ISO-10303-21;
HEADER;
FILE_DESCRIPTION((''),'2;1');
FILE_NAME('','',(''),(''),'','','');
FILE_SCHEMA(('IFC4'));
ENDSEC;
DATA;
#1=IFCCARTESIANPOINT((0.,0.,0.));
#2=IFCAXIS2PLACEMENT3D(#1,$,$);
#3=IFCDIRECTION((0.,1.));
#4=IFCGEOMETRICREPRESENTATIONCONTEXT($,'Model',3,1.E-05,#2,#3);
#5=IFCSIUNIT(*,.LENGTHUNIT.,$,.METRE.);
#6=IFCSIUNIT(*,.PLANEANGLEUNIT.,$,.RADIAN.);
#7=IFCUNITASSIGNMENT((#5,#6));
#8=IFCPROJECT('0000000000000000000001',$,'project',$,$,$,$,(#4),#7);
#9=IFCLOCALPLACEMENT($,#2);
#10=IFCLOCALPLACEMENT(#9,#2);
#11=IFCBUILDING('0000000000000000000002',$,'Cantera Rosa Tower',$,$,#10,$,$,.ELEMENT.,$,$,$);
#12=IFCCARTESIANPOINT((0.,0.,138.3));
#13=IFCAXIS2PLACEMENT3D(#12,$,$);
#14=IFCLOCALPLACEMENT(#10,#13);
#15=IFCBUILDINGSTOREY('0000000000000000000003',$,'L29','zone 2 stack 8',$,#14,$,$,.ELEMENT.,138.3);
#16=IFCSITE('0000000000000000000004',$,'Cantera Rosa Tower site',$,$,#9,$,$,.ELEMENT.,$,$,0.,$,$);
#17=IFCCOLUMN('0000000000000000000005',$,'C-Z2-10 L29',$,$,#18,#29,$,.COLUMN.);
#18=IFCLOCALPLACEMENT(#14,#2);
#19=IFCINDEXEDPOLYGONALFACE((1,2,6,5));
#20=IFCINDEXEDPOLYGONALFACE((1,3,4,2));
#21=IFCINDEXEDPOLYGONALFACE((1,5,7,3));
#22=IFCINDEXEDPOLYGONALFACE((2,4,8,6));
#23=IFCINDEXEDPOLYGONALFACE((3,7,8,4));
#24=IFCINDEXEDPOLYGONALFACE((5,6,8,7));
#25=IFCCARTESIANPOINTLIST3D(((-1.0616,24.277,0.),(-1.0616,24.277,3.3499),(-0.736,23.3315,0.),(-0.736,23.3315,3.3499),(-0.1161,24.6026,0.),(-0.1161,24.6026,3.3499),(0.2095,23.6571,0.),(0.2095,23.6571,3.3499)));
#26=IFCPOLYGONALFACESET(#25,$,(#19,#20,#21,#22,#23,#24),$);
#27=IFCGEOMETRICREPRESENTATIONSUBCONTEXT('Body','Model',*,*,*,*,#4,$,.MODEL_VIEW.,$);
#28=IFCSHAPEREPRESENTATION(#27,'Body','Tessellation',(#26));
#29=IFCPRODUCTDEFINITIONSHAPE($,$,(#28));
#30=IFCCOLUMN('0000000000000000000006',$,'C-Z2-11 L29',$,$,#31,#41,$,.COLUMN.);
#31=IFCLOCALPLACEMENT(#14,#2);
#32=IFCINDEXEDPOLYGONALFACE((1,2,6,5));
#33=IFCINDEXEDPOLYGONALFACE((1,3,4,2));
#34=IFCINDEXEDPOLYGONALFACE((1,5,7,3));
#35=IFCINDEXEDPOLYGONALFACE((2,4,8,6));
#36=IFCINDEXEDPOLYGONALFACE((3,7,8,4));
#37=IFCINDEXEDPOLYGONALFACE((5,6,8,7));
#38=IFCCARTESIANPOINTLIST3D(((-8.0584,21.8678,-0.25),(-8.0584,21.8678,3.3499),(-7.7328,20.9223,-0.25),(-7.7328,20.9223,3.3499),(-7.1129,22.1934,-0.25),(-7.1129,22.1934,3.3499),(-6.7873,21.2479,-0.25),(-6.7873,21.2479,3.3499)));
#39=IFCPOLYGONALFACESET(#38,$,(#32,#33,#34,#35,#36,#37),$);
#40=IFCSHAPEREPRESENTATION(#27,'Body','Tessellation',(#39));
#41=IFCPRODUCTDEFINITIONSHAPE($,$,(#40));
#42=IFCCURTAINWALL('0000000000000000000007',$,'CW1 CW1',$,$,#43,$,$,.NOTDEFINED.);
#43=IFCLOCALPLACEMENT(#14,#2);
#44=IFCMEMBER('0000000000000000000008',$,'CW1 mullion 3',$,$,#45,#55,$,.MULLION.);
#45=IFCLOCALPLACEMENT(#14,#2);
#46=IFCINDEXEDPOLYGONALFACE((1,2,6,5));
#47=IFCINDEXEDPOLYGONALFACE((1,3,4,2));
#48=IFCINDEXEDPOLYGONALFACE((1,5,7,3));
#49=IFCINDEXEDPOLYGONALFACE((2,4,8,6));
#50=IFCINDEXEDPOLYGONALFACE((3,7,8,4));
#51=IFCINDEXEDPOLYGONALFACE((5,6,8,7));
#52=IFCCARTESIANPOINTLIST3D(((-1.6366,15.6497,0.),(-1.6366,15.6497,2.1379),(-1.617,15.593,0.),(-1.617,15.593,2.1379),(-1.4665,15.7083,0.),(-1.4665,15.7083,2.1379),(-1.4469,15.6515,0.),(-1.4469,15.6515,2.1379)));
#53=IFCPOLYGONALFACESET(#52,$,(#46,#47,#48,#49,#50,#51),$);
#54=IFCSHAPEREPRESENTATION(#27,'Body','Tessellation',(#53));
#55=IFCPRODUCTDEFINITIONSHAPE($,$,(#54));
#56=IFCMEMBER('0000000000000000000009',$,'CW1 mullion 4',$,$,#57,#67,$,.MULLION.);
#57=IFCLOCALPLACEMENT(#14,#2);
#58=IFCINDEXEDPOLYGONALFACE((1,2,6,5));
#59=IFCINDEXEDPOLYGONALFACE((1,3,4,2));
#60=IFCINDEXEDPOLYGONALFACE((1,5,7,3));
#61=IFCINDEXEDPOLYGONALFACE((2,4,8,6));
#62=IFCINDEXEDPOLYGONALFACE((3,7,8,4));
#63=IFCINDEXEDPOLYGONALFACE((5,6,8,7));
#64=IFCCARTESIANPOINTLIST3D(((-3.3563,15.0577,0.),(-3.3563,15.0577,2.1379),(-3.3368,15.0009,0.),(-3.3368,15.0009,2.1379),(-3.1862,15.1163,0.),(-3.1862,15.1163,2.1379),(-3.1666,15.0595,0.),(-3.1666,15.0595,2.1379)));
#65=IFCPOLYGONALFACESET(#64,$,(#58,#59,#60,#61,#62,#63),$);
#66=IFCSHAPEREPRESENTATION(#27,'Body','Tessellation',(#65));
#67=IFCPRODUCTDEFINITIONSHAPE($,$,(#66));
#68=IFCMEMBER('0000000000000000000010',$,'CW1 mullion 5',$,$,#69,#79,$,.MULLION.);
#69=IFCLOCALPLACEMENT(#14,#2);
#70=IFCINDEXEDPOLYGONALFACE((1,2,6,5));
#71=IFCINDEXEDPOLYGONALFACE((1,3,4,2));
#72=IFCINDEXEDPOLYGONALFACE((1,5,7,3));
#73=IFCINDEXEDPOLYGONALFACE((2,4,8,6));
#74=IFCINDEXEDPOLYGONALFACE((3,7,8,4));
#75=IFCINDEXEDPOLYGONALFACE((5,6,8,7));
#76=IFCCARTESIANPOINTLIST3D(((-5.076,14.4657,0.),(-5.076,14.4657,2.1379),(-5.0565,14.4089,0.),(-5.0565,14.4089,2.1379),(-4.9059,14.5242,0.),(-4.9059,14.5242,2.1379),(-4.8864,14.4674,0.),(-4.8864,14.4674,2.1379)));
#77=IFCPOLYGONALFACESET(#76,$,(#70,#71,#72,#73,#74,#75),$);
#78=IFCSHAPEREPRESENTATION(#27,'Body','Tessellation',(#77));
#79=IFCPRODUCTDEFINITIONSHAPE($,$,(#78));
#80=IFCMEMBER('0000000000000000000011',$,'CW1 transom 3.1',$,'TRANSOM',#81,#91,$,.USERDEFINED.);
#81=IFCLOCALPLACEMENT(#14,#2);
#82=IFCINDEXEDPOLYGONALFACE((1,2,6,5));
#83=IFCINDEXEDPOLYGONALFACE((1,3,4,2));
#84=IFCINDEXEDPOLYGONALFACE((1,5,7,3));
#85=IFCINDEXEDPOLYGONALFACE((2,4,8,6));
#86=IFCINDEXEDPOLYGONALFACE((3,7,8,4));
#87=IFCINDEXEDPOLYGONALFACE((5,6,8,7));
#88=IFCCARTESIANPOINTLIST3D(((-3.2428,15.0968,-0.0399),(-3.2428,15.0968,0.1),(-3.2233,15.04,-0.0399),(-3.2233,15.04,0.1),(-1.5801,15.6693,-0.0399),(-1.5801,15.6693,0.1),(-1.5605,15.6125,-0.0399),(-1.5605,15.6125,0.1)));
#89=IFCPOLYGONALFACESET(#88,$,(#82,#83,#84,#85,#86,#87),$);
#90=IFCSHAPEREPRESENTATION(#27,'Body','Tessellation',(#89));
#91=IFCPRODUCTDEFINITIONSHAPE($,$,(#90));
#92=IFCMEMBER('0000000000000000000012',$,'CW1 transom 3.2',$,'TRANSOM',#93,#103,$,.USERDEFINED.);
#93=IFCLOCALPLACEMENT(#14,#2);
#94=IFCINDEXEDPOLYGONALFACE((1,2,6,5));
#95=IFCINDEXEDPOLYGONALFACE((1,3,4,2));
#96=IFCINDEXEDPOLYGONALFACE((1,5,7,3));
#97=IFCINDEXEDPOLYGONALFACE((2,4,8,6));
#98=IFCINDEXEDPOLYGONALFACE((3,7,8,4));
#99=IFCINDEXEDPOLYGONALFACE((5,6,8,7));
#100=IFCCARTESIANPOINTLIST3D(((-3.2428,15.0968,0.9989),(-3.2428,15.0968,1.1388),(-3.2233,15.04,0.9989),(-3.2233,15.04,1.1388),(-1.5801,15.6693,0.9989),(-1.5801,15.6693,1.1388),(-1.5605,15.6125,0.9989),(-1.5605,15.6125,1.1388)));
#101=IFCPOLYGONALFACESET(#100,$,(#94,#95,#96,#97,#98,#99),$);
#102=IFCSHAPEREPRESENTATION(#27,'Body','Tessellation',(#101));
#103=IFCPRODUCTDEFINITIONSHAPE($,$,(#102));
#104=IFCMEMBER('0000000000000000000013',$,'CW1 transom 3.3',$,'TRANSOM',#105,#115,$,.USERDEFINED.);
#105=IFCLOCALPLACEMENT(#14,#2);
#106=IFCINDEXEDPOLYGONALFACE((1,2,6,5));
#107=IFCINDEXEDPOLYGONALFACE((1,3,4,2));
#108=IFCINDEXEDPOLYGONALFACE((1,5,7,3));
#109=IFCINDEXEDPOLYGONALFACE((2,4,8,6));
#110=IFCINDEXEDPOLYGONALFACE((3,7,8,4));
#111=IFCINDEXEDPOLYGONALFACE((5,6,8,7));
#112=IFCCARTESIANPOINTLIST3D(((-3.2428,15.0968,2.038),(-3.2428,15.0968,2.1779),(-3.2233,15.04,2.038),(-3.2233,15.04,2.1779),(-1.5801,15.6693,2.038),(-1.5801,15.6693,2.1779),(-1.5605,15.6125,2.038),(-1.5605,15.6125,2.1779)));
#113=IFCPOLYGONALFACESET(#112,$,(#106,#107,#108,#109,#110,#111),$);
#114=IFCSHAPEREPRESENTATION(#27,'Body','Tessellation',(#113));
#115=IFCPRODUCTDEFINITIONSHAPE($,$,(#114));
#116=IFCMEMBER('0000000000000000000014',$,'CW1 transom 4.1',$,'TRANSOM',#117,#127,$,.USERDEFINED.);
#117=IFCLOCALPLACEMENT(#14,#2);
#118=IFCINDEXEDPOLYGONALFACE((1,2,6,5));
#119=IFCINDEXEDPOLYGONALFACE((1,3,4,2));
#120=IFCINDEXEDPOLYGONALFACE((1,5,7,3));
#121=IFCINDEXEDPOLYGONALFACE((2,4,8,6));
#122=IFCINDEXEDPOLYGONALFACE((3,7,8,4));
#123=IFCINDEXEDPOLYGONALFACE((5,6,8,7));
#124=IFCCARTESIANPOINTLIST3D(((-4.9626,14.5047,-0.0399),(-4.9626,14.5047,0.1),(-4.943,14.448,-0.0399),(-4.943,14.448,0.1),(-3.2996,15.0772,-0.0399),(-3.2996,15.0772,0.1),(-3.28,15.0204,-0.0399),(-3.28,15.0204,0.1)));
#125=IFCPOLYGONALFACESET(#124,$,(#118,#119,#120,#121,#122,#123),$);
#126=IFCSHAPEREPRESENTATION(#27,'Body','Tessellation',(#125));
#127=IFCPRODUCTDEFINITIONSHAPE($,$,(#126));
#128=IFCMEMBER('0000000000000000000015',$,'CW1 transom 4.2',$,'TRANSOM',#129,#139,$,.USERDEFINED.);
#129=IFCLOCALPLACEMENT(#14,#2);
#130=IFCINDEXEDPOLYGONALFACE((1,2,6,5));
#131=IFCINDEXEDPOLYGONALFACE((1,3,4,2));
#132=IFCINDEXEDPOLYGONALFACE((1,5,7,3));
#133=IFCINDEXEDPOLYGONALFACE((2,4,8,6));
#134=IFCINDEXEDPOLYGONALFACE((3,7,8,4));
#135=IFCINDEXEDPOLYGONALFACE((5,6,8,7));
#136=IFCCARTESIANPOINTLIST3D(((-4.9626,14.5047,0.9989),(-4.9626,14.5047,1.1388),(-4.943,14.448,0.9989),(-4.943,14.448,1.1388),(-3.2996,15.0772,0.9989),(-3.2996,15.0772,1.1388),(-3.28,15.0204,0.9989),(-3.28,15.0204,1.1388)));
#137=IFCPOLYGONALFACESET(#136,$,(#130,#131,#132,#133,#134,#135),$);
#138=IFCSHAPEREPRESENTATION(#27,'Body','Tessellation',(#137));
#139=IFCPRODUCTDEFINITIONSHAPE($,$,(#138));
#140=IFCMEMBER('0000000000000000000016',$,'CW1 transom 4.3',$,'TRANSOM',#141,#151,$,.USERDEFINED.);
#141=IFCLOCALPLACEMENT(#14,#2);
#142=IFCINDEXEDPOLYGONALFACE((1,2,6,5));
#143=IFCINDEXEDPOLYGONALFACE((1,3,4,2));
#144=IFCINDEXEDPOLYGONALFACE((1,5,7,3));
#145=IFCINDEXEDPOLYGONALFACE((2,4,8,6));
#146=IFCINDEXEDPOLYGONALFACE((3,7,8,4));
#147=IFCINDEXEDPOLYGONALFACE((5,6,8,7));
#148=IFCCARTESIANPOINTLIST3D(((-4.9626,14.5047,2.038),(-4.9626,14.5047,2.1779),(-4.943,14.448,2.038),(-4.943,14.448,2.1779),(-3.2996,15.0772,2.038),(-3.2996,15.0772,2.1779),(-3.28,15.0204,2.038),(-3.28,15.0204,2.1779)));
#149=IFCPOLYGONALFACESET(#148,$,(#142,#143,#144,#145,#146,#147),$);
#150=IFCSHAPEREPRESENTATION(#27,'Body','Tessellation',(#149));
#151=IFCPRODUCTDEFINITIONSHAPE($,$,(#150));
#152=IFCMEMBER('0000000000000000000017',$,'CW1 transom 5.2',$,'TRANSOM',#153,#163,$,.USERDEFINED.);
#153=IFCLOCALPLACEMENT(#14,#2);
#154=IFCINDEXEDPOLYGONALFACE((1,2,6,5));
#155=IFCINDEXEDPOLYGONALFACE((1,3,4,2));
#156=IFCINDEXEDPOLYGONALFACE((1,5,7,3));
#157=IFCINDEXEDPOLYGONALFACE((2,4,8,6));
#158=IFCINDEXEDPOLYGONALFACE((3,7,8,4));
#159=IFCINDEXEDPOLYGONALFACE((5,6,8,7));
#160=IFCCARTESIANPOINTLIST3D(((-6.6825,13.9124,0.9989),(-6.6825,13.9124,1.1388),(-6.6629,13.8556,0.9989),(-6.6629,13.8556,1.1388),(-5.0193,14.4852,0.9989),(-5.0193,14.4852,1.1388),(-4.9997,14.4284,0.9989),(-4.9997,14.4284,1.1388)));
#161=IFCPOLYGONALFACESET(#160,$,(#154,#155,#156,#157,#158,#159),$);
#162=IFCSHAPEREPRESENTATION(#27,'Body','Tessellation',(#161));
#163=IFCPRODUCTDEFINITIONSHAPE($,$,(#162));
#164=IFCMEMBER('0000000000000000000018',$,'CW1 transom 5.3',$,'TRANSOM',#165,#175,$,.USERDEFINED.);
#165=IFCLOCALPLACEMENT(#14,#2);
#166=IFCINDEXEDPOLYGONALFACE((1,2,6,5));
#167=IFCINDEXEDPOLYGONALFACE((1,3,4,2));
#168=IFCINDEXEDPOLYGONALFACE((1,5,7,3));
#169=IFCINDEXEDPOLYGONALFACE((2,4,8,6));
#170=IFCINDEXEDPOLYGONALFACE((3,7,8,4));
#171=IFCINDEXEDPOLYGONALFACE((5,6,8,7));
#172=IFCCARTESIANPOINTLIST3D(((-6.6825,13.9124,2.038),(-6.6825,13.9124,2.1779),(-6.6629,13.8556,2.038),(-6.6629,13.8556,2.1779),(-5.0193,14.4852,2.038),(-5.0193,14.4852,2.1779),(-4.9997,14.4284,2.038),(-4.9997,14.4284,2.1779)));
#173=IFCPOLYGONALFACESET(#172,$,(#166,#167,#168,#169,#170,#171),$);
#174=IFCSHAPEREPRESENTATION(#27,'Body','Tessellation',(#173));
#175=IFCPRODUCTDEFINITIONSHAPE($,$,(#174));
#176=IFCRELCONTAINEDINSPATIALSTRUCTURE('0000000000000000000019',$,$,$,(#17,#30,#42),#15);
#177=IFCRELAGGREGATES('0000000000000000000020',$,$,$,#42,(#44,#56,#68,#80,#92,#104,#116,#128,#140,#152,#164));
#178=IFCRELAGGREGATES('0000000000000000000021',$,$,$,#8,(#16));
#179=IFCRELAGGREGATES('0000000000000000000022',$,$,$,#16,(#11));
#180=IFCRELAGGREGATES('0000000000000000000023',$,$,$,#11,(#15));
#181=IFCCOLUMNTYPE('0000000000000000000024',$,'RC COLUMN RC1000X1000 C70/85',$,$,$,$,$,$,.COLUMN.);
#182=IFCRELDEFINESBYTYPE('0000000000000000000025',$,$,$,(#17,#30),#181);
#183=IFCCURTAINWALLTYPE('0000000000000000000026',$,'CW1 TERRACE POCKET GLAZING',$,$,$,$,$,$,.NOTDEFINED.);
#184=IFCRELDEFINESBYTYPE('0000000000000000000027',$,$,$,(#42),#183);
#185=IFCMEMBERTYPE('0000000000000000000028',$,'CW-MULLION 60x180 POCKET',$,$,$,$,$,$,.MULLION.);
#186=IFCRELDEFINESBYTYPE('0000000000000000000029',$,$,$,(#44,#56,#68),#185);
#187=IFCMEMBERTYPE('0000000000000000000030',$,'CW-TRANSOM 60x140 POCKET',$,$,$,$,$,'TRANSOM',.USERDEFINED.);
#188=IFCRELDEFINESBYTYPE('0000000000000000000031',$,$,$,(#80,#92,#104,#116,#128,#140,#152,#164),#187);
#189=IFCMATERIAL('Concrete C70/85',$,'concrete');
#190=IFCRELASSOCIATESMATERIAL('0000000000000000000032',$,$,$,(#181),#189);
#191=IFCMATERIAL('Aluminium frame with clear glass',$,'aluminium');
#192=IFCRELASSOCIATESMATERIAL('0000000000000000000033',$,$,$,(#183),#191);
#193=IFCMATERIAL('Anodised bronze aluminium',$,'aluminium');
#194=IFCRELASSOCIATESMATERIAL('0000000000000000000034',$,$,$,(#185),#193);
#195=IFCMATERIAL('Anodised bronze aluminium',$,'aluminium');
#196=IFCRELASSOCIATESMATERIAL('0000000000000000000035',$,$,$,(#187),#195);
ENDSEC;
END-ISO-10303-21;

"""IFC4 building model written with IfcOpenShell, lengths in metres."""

from ifc_helpers import new_model, si_unit, direction, frame, origin, origin_2d, place, context, subcontext, project, spatial, rectangle, extrude, material, material_profile, profile_set, type_object, element, aggregate, save


model = new_model("IFC4")

# Units and contexts
model_context = context("Model", 3, precision=1e-05, world=origin(), true_north=direction((0.0, 1.0)))
body_context = subcontext(model_context, "Body", "Model", "MODEL_VIEW")
ifc_project = project(units=[si_unit("LENGTHUNIT", "METRE"), si_unit("PLANEANGLEUNIT", "RADIAN")], contexts=[model_context])

# Site, building, storey
site_placement = place(None, origin())
site = spatial("IfcSite", under=ifc_project, at=site_placement, Name="Cantera Rosa Tower site", CompositionType="ELEMENT", RefElevation=0.0)
building_placement = place(site_placement, origin())
building = spatial("IfcBuilding", under=site, at=building_placement, Name="Cantera Rosa Tower", CompositionType="ELEMENT")
storey_placement = place(building_placement, frame((0.0, 0.0, 138.3)))
storey = spatial("IfcBuildingStorey", under=building, at=storey_placement, Name="L29", Description="zone 2 stack 8", CompositionType="ELEMENT", Elevation=138.3)

# Columns
ifc_material_1 = material(Name="Concrete C70/85", Category="concrete")
ifc_material_profile_1 = material_profile(ifc_material_1, rectangle(XDim=1.0, YDim=1.0, at=origin_2d()), Name="RC COLUMN RC1000X1000 C70/85")
ifc_profile_set_1 = profile_set([ifc_material_profile_1], Name="Concrete C70/85")
column_type = type_object("IfcColumnType", Name="RC COLUMN RC1000X1000 C70/85", PredefinedType="COLUMN", material=ifc_profile_set_1)
column_1_placement = place(storey_placement, frame((-0.426, 23.967, 0.0), z_axis=(0.0, 0.0, 1.0), x_axis=(0.945519, 0.325568, 0.0)))
element("IfcColumn", 1, at=column_1_placement, inside=storey, type_object=column_type, Name="C-Z2-10 L29", PredefinedType="COLUMN", context=body_context, shape_type="SweptSolid", body=[
    extrude(rectangle(XDim=1.0, YDim=1.0, at=origin_2d()), origin(), (0.0, 0.0, 1.0), 3.3499),
])
column_2_placement = place(storey_placement, frame((-7.4229, 21.5579, -0.25), z_axis=(0.0, 0.0, 1.0), x_axis=(0.945519, 0.325568, 0.0)))
element("IfcColumn", 2, at=column_2_placement, inside=storey, type_object=column_type, Name="C-Z2-11 L29", PredefinedType="COLUMN", context=body_context, shape_type="SweptSolid", body=[
    extrude(rectangle(XDim=1.0, YDim=1.0, at=origin_2d()), origin(), (0.0, 0.0, 1.0), 3.5999),
])

# Curtain wall, members
ifc_material_2 = material(Name="Aluminium frame with clear glass", Category="aluminium")
curtain_wall_type = type_object("IfcCurtainWallType", Name="CW1 TERRACE POCKET GLAZING", PredefinedType="NOTDEFINED", material=ifc_material_2)
curtain_wall_placement = place(storey_placement, origin())
curtain_wall = element("IfcCurtainWall", 3, at=curtain_wall_placement, inside=storey, type_object=curtain_wall_type, Name="CW1 CW1", PredefinedType="NOTDEFINED")
ifc_material_3 = material(Name="Anodised bronze aluminium", Category="aluminium")
ifc_material_profile_2 = material_profile(ifc_material_3, rectangle(XDim=0.0601, YDim=0.1799, at=origin_2d()), Name="CW-MULLION 60x180 POCKET")
ifc_profile_set_2 = profile_set([ifc_material_profile_2], Name="Anodised bronze aluminium")
member_type_1 = type_object("IfcMemberType", Name="CW-MULLION 60x180 POCKET", PredefinedType="MULLION", material=ifc_profile_set_2)
member_1_placement = place(storey_placement, frame((-1.5417, 15.6506, 0.0), z_axis=(0.0, 0.0, 1.0), x_axis=(0.325568, -0.945519, 0.0)))
member_1 = element("IfcMember", 4, at=member_1_placement, type_object=member_type_1, Name="CW1 mullion 3", PredefinedType="MULLION", context=body_context, shape_type="SweptSolid", body=[
    extrude(rectangle(XDim=0.0601, YDim=0.1799, at=origin_2d()), origin(), (0.0, 0.0, 1.0), 2.1379),
])
member_2_placement = place(storey_placement, frame((-3.2615, 15.0586, 0.0), z_axis=(0.0, 0.0, 1.0), x_axis=(0.325568, -0.945519, 0.0)))
member_2 = element("IfcMember", 5, at=member_2_placement, type_object=member_type_1, Name="CW1 mullion 4", PredefinedType="MULLION", context=body_context, shape_type="SweptSolid", body=[
    extrude(rectangle(XDim=0.0601, YDim=0.1799, at=origin_2d()), origin(), (0.0, 0.0, 1.0), 2.1379),
])
member_3_placement = place(storey_placement, frame((-4.9812, 14.4666, 0.0), z_axis=(0.0, 0.0, 1.0), x_axis=(0.325568, -0.945519, 0.0)))
member_3 = element("IfcMember", 6, at=member_3_placement, type_object=member_type_1, Name="CW1 mullion 5", PredefinedType="MULLION", context=body_context, shape_type="SweptSolid", body=[
    extrude(rectangle(XDim=0.0601, YDim=0.1799, at=origin_2d()), origin(), (0.0, 0.0, 1.0), 2.1379),
])
ifc_material_4 = material(Name="Anodised bronze aluminium", Category="aluminium")
ifc_material_profile_3 = material_profile(ifc_material_4, rectangle(XDim=0.0601, YDim=0.1399, at=origin_2d()), Name="CW-TRANSOM 60x140 POCKET")
ifc_profile_set_3 = profile_set([ifc_material_profile_3], Name="Anodised bronze aluminium")
member_type_2 = type_object("IfcMemberType", Name="CW-TRANSOM 60x140 POCKET", ElementType="TRANSOM", PredefinedType="USERDEFINED", material=ifc_profile_set_3)
member_4_placement = place(storey_placement, frame((-1.5703, 15.6409, 0.03), z_axis=(-0.945528, -0.325541, 0.0), x_axis=(0.325541, -0.945528, 0.0)))
member_4 = element("IfcMember", 7, at=member_4_placement, type_object=member_type_2, Name="CW1 transom 3.1", ObjectType="TRANSOM", PredefinedType="USERDEFINED", context=body_context, shape_type="SweptSolid", body=[
    extrude(rectangle(XDim=0.0601, YDim=0.1399, at=origin_2d()), origin(), (0.0, 0.0, 1.0), 1.7585),
])
member_5_placement = place(storey_placement, frame((-1.5703, 15.6409, 1.0688), z_axis=(-0.945528, -0.325541, 0.0), x_axis=(0.325541, -0.945528, 0.0)))
member_5 = element("IfcMember", 8, at=member_5_placement, type_object=member_type_2, Name="CW1 transom 3.2", ObjectType="TRANSOM", PredefinedType="USERDEFINED", context=body_context, shape_type="SweptSolid", body=[
    extrude(rectangle(XDim=0.0601, YDim=0.1399, at=origin_2d()), origin(), (0.0, 0.0, 1.0), 1.7585),
])
member_6_placement = place(storey_placement, frame((-1.5703, 15.6409, 2.1079), z_axis=(-0.945528, -0.325541, 0.0), x_axis=(0.325541, -0.945528, 0.0)))
member_6 = element("IfcMember", 9, at=member_6_placement, type_object=member_type_2, Name="CW1 transom 3.3", ObjectType="TRANSOM", PredefinedType="USERDEFINED", context=body_context, shape_type="SweptSolid", body=[
    extrude(rectangle(XDim=0.0601, YDim=0.1399, at=origin_2d()), origin(), (0.0, 0.0, 1.0), 1.7585),
])
member_7_placement = place(storey_placement, frame((-3.2898, 15.0488, 0.03), z_axis=(-0.945542, -0.325499, 0.0), x_axis=(0.325499, -0.945542, 0.0)))
member_7 = element("IfcMember", 10, at=member_7_placement, type_object=member_type_2, Name="CW1 transom 4.1", ObjectType="TRANSOM", PredefinedType="USERDEFINED", context=body_context, shape_type="SweptSolid", body=[
    extrude(rectangle(XDim=0.0601, YDim=0.1399, at=origin_2d()), origin(), (0.0, 0.0, 1.0), 1.7588),
])
member_8_placement = place(storey_placement, frame((-3.2898, 15.0488, 1.0688), z_axis=(-0.945542, -0.325499, 0.0), x_axis=(0.325499, -0.945542, 0.0)))
member_8 = element("IfcMember", 11, at=member_8_placement, type_object=member_type_2, Name="CW1 transom 4.2", ObjectType="TRANSOM", PredefinedType="USERDEFINED", context=body_context, shape_type="SweptSolid", body=[
    extrude(rectangle(XDim=0.0601, YDim=0.1399, at=origin_2d()), origin(), (0.0, 0.0, 1.0), 1.7588),
])
member_9_placement = place(storey_placement, frame((-3.2898, 15.0488, 2.1079), z_axis=(-0.945542, -0.325499, 0.0), x_axis=(0.325499, -0.945542, 0.0)))
member_9 = element("IfcMember", 12, at=member_9_placement, type_object=member_type_2, Name="CW1 transom 4.3", ObjectType="TRANSOM", PredefinedType="USERDEFINED", context=body_context, shape_type="SweptSolid", body=[
    extrude(rectangle(XDim=0.0601, YDim=0.1399, at=origin_2d()), origin(), (0.0, 0.0, 1.0), 1.7588),
])
member_10_placement = place(storey_placement, frame((-5.0095, 14.4568, 1.0688), z_axis=(-0.9455, -0.325623, 0.0), x_axis=(0.325623, -0.9455, 0.0)))
member_10 = element("IfcMember", 13, at=member_10_placement, type_object=member_type_2, Name="CW1 transom 5.2", ObjectType="TRANSOM", PredefinedType="USERDEFINED", context=body_context, shape_type="SweptSolid", body=[
    extrude(rectangle(XDim=0.0601, YDim=0.1399, at=origin_2d()), origin(), (0.0, 0.0, 1.0), 1.759),
])
member_11_placement = place(storey_placement, frame((-5.0095, 14.4568, 2.1079), z_axis=(-0.9455, -0.325623, 0.0), x_axis=(0.325623, -0.9455, 0.0)))
member_11 = element("IfcMember", 14, at=member_11_placement, type_object=member_type_2, Name="CW1 transom 5.3", ObjectType="TRANSOM", PredefinedType="USERDEFINED", context=body_context, shape_type="SweptSolid", body=[
    extrude(rectangle(XDim=0.0601, YDim=0.1399, at=origin_2d()), origin(), (0.0, 0.0, 1.0), 1.759),
])

aggregate(curtain_wall, [member_1, member_2, member_3, member_4, member_5, member_6, member_7, member_8, member_9, member_10, member_11])

save(model, "model.ifc")
